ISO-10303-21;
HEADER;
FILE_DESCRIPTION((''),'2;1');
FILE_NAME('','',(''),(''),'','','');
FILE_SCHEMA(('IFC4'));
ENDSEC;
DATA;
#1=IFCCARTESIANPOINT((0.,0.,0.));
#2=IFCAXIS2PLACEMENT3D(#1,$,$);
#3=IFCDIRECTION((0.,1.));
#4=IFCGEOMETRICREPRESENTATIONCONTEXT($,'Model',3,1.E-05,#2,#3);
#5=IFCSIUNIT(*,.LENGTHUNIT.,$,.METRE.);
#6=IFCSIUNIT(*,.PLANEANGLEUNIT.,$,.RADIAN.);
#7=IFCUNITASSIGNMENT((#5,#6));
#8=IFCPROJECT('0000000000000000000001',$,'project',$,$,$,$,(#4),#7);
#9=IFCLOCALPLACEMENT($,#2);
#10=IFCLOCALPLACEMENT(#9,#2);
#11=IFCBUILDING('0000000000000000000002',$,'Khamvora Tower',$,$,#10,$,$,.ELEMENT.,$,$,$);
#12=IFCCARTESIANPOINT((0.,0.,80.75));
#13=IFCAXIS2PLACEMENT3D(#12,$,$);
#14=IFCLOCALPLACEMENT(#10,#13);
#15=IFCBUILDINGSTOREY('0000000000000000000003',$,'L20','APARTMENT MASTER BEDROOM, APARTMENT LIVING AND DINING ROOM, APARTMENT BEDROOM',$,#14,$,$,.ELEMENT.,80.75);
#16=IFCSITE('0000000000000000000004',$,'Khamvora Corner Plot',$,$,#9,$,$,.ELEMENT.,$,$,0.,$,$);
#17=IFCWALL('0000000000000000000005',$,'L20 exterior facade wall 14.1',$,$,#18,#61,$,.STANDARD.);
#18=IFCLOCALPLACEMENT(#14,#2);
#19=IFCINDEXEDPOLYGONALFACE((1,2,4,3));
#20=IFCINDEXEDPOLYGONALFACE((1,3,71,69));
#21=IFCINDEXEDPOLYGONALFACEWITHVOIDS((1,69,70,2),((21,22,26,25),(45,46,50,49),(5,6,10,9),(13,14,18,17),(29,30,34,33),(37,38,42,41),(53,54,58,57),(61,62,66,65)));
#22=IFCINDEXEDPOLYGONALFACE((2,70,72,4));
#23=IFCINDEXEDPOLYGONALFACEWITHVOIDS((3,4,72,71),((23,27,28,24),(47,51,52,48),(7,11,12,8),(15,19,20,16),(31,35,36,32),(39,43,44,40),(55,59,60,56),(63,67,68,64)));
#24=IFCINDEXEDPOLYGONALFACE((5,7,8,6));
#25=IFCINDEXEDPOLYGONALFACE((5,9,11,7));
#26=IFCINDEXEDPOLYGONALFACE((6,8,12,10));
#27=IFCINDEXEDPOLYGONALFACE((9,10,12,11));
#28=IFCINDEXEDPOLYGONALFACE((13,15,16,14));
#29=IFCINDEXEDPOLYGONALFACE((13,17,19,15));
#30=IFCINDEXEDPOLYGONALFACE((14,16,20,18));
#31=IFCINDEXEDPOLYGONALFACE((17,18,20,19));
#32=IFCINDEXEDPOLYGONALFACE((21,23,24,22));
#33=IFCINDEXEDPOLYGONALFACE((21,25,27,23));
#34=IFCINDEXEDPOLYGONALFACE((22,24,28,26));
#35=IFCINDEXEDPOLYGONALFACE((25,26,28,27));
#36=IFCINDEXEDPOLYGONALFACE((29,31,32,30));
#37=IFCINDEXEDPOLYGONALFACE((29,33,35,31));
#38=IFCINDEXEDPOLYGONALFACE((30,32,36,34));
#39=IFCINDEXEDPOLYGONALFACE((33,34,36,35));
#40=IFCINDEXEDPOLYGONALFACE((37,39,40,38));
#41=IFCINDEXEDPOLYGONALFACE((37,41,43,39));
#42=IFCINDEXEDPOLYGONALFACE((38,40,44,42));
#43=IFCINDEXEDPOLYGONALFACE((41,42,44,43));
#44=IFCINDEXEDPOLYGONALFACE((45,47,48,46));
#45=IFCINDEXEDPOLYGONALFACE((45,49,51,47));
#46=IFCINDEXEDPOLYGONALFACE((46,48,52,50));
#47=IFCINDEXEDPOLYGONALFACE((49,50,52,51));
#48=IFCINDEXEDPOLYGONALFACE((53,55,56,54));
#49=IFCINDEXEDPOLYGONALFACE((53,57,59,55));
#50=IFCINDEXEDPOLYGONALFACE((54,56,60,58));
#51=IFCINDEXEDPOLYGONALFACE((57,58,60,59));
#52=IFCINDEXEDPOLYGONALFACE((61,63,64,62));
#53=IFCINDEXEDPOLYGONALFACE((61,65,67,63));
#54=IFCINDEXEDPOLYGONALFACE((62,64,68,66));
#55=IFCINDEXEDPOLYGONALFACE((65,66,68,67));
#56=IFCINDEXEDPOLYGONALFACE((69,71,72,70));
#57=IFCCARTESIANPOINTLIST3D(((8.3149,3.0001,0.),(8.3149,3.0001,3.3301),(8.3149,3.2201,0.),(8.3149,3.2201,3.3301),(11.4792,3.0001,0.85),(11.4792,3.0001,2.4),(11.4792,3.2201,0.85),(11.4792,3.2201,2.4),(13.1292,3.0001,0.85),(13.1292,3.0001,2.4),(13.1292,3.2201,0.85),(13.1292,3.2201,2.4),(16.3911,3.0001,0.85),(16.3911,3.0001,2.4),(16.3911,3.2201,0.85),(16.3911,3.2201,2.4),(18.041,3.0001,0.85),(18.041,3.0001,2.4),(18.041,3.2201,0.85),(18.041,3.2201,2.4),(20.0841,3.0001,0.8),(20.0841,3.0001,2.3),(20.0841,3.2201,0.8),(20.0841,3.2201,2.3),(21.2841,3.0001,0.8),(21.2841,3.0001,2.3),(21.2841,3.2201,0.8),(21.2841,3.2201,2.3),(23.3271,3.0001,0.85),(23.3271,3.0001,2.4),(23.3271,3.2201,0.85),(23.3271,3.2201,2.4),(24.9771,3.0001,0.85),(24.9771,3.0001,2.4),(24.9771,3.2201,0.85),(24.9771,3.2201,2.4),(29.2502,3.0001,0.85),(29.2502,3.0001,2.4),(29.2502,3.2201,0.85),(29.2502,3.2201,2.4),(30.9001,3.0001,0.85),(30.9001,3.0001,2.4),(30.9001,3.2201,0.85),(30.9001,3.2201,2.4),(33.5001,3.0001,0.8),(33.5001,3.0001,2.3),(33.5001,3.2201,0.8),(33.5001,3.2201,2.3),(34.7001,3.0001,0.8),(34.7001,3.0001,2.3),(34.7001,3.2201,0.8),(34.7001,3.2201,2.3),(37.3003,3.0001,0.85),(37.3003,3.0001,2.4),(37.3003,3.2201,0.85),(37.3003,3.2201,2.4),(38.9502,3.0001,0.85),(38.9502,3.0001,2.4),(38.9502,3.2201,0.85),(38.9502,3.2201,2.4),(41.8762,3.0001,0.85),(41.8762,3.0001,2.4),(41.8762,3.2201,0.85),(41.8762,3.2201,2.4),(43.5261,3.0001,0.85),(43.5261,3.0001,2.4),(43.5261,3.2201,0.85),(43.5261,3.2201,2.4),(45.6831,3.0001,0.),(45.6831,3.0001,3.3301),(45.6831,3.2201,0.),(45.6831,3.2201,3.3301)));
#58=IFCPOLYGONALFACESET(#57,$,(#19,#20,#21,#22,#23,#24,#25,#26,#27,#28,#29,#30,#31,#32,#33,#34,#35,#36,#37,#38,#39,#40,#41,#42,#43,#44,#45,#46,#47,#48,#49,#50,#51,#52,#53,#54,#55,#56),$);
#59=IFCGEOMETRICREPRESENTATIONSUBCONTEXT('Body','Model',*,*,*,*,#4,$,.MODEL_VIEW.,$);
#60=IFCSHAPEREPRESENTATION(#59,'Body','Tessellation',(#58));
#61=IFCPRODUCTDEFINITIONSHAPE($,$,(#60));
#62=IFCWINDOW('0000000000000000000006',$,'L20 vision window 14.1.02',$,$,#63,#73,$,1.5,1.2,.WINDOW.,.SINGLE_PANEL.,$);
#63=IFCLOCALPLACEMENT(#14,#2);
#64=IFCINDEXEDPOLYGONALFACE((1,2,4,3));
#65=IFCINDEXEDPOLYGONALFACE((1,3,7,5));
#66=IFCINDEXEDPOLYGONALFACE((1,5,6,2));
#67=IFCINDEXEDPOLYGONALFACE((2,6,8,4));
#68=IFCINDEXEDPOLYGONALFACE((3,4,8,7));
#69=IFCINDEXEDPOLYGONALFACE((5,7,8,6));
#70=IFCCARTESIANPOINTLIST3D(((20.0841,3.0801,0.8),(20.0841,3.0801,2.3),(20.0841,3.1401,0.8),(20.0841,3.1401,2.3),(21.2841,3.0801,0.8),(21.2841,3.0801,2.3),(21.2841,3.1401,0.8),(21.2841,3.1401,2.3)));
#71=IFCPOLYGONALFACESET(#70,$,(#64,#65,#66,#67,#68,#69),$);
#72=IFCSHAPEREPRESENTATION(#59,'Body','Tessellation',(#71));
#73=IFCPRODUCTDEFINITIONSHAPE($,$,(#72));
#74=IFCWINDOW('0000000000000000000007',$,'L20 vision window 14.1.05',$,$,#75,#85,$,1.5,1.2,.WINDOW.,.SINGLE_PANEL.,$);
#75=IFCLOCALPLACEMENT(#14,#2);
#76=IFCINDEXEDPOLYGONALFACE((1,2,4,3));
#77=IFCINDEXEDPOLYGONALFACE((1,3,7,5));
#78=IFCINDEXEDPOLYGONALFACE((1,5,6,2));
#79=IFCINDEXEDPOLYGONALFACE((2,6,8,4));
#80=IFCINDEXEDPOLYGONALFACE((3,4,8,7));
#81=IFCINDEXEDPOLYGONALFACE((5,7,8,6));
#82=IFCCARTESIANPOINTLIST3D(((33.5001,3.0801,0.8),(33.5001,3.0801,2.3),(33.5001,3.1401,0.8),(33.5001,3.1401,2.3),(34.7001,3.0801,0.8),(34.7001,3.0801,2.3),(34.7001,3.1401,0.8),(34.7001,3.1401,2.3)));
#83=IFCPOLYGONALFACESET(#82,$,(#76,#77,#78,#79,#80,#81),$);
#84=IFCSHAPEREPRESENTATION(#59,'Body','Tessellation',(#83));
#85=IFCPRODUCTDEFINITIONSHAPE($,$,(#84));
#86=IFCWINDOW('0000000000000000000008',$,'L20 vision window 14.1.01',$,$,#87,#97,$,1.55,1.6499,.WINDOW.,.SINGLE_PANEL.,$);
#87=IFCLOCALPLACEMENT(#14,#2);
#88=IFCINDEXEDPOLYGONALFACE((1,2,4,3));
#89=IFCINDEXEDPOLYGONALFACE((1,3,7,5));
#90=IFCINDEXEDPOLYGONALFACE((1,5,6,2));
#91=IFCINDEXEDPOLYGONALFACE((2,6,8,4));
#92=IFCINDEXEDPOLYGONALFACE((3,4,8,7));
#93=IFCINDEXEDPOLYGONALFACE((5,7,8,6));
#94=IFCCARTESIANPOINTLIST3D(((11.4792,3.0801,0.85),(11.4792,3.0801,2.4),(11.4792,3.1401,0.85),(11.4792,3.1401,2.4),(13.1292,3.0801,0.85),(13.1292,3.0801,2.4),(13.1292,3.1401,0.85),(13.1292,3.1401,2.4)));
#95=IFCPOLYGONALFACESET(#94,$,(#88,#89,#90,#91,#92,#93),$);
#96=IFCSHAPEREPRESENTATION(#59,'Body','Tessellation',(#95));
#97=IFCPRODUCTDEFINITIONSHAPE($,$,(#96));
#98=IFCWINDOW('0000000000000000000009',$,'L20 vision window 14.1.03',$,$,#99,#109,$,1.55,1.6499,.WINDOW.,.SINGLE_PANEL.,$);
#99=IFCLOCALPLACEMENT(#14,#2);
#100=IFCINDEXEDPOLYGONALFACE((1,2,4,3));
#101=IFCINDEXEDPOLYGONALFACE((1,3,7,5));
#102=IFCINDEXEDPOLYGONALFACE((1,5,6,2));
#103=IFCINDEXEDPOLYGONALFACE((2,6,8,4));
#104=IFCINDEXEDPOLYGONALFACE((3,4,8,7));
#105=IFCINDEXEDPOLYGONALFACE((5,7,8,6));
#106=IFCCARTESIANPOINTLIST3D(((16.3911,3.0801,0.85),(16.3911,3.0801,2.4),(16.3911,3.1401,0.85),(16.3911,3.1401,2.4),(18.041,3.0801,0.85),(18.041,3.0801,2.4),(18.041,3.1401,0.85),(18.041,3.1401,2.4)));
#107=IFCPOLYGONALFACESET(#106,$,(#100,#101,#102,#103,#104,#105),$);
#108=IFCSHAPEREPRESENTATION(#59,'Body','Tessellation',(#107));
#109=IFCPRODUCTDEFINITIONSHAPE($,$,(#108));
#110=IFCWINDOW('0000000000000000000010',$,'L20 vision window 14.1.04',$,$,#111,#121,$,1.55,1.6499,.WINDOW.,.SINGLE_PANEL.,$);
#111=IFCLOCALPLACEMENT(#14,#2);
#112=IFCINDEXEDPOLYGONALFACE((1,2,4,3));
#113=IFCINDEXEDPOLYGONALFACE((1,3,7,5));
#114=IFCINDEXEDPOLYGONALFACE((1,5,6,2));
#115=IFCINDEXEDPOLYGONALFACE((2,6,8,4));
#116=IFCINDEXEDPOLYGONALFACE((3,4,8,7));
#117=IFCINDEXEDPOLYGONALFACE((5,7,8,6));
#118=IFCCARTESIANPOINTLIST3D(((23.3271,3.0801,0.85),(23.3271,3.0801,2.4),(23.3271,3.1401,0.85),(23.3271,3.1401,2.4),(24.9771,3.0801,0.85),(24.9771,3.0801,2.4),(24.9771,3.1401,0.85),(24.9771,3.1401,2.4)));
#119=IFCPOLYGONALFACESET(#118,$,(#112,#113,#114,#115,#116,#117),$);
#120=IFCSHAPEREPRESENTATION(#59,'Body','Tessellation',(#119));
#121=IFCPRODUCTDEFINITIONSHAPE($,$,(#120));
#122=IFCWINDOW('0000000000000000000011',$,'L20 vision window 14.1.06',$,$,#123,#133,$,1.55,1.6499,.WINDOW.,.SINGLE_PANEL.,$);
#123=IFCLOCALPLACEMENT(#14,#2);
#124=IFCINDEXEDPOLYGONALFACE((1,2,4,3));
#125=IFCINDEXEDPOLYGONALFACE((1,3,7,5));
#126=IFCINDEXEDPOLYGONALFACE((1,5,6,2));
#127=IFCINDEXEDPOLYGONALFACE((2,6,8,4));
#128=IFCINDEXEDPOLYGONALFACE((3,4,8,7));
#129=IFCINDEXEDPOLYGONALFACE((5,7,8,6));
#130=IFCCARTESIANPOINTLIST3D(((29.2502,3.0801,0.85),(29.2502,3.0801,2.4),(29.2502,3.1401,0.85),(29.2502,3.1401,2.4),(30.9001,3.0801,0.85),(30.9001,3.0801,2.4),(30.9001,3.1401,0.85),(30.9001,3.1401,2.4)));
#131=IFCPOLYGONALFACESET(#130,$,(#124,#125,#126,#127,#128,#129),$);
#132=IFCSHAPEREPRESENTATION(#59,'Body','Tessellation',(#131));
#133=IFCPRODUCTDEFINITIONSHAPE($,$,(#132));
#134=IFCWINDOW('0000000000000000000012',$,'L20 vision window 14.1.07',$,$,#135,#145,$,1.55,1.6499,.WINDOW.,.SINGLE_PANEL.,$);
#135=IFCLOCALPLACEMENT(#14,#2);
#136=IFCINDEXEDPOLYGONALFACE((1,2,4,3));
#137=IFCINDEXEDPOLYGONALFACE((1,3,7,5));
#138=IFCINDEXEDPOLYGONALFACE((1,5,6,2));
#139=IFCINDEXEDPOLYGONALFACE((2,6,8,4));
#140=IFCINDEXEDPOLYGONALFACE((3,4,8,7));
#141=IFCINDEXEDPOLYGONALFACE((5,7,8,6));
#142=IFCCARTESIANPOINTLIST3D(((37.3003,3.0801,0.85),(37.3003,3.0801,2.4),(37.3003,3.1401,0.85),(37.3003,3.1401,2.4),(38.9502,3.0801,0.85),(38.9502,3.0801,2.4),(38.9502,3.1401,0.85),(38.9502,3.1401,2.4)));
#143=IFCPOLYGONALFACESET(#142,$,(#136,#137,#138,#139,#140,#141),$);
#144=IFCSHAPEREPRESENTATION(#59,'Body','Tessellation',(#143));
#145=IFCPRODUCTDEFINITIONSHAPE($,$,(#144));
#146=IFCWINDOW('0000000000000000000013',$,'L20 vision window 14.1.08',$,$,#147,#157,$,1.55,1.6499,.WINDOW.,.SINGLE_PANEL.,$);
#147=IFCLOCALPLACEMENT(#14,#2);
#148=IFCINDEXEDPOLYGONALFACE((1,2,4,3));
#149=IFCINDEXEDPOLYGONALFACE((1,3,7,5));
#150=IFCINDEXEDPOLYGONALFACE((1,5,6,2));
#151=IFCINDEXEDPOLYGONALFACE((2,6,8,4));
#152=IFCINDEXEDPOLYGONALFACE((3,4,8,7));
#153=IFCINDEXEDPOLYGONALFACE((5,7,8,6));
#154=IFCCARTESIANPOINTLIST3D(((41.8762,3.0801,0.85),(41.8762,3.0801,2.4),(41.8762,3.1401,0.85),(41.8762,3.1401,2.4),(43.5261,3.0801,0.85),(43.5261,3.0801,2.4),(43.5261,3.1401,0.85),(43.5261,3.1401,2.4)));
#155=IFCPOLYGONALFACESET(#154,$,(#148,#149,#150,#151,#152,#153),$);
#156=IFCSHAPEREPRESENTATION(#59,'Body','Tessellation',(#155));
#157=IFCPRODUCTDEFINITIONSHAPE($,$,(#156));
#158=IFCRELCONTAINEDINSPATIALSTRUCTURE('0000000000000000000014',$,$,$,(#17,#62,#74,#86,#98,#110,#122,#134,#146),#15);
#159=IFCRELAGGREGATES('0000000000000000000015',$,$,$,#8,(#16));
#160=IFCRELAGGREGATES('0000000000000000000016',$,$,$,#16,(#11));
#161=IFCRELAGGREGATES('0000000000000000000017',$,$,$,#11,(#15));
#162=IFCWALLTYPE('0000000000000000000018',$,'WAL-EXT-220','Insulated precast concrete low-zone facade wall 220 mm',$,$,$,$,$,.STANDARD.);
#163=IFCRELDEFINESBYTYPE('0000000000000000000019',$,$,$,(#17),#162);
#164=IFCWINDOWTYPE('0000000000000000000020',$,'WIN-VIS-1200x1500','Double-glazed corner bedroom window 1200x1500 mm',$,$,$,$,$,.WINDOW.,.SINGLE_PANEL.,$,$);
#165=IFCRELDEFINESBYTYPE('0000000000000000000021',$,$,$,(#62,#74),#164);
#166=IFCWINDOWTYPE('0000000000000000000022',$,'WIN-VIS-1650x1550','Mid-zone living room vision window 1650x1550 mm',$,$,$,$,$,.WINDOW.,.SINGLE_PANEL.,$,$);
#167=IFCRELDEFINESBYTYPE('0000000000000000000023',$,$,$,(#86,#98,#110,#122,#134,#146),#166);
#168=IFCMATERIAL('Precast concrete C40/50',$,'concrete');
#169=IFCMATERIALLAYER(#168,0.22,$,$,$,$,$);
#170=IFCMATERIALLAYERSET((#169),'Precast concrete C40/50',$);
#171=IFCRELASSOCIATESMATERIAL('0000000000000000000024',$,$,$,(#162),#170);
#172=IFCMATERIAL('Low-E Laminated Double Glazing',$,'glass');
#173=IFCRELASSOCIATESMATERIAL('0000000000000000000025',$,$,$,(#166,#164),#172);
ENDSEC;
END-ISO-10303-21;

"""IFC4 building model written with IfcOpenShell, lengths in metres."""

from ifc_helpers import new_model, si_unit, direction, frame, frame_2d, origin, place, context, subcontext, project, spatial, rectangle, extrude, material, layer, layer_set, type_object, element, fill, save


model = new_model("IFC4")

# Units and contexts
model_context = context("Model", 3, precision=1e-05, world=origin(), true_north=direction((0.0, 1.0)))
body_context = subcontext(model_context, "Body", "Model", "MODEL_VIEW")
ifc_project = project(units=[si_unit("LENGTHUNIT", "METRE"), si_unit("PLANEANGLEUNIT", "RADIAN")], contexts=[model_context])

# Site, building, storey
site_placement = place(None, origin())
site = spatial("IfcSite", under=ifc_project, at=site_placement, Name="Khamvora Corner Plot", CompositionType="ELEMENT", RefElevation=0.0)
building_placement = place(site_placement, origin())
building = spatial("IfcBuilding", under=site, at=building_placement, Name="Khamvora Tower", CompositionType="ELEMENT")
storey_placement = place(building_placement, frame((0.0, 0.0, 80.75)))
storey = spatial("IfcBuildingStorey", under=building, at=storey_placement, Name="L20", Description="APARTMENT MASTER BEDROOM, APARTMENT LIVING AND DINING ROOM, APARTMENT BEDROOM", CompositionType="ELEMENT", Elevation=80.75)

# Shared definitions
ifc_material_1 = material(Name="Precast concrete C40/50", Category="concrete")
ifc_layer_1 = layer(ifc_material_1, 0.22)
ifc_layer_set_1 = layer_set([ifc_layer_1], Name="Precast concrete C40/50")
wall_type_1 = type_object("IfcWallType", Name="WAL-EXT-220", Description="Insulated precast concrete low-zone facade wall 220 mm", PredefinedType="STANDARD", material=ifc_layer_set_1)
ifc_material_2 = material(Name="Low-E Laminated Double Glazing", Category="glass")
window_type_1 = type_object("IfcWindowType", Name="WIN-VIS-1650x1550", Description="Mid-zone living room vision window 1650x1550 mm", PartitioningType="SINGLE_PANEL", PredefinedType="WINDOW", material=ifc_material_2)

# Wall, openings, windows
wall_1_placement = place(storey_placement, frame((45.6831, 3.1101, 0.0), z_axis=(0.0, 0.0, 1.0), x_axis=(-1.0, 0.0, 0.0)))
wall_1 = element("IfcWall", 1, at=wall_1_placement, inside=storey, type_object=wall_type_1, Name="L20 exterior facade wall 14.1", PredefinedType="STANDARD", context=body_context, shape_type="SweptSolid", body=[
    extrude(rectangle(XDim=37.3682, YDim=0.22, at=frame_2d((18.6841, 0.0))), origin(), (0.0, 0.0, 1.0), 3.3301),
])
opening_1_placement = place(wall_1_placement, frame((32.554, 0.0, 0.8501)))
opening_1 = element("IfcOpeningElement", 2, at=opening_1_placement, cuts=wall_1, PredefinedType="OPENING", context=body_context, shape_type="SweptSolid", body=[
    extrude(rectangle(XDim=1.6499, YDim=1.55, at=frame_2d((0.825, 0.7749))), frame((0.0, 0.1199, 0.0), z_axis=(0.0, -1.0, 0.0), x_axis=(1.0, 0.0, 0.0)), (0.0, 0.0, 1.0), 0.24),
])
opening_2_placement = place(wall_1_placement, frame((24.3989, 0.0, 0.8)))
opening_2 = element("IfcOpeningElement", 3, at=opening_2_placement, cuts=wall_1, PredefinedType="OPENING", context=body_context, shape_type="SweptSolid", body=[
    extrude(rectangle(XDim=1.2, YDim=1.5, at=frame_2d((0.6001, 0.75))), frame((0.0, 0.1199, 0.0), z_axis=(0.0, -1.0, 0.0), x_axis=(1.0, 0.0, 0.0)), (0.0, 0.0, 1.0), 0.24),
])
opening_3_placement = place(wall_1_placement, frame((27.6421, 0.0, 0.8501)))
opening_3 = element("IfcOpeningElement", 4, at=opening_3_placement, cuts=wall_1, PredefinedType="OPENING", context=body_context, shape_type="SweptSolid", body=[
    extrude(rectangle(XDim=1.6499, YDim=1.55, at=frame_2d((0.825, 0.7749))), frame((0.0, 0.1199, 0.0), z_axis=(0.0, -1.0, 0.0), x_axis=(1.0, 0.0, 0.0)), (0.0, 0.0, 1.0), 0.24),
])
opening_4_placement = place(wall_1_placement, frame((20.7061, 0.0, 0.8501)))
opening_4 = element("IfcOpeningElement", 5, at=opening_4_placement, cuts=wall_1, PredefinedType="OPENING", context=body_context, shape_type="SweptSolid", body=[
    extrude(rectangle(XDim=1.6499, YDim=1.55, at=frame_2d((0.825, 0.7749))), frame((0.0, 0.1199, 0.0), z_axis=(0.0, -1.0, 0.0), x_axis=(1.0, 0.0, 0.0)), (0.0, 0.0, 1.0), 0.24),
])
opening_5_placement = place(wall_1_placement, frame((10.9829, 0.0, 0.8)))
opening_5 = element("IfcOpeningElement", 6, at=opening_5_placement, cuts=wall_1, PredefinedType="OPENING", context=body_context, shape_type="SweptSolid", body=[
    extrude(rectangle(XDim=1.2, YDim=1.5, at=frame_2d((0.6001, 0.75))), frame((0.0, 0.1199, 0.0), z_axis=(0.0, -1.0, 0.0), x_axis=(1.0, 0.0, 0.0)), (0.0, 0.0, 1.0), 0.24),
])
opening_6_placement = place(wall_1_placement, frame((14.783, 0.0, 0.8501)))
opening_6 = element("IfcOpeningElement", 7, at=opening_6_placement, cuts=wall_1, PredefinedType="OPENING", context=body_context, shape_type="SweptSolid", body=[
    extrude(rectangle(XDim=1.6499, YDim=1.55, at=frame_2d((0.825, 0.7749))), frame((0.0, 0.1199, 0.0), z_axis=(0.0, -1.0, 0.0), x_axis=(1.0, 0.0, 0.0)), (0.0, 0.0, 1.0), 0.24),
])
opening_7_placement = place(wall_1_placement, frame((6.7329, 0.0, 0.8501)))
opening_7 = element("IfcOpeningElement", 8, at=opening_7_placement, cuts=wall_1, PredefinedType="OPENING", context=body_context, shape_type="SweptSolid", body=[
    extrude(rectangle(XDim=1.6499, YDim=1.55, at=frame_2d((0.825, 0.7749))), frame((0.0, 0.1199, 0.0), z_axis=(0.0, -1.0, 0.0), x_axis=(1.0, 0.0, 0.0)), (0.0, 0.0, 1.0), 0.24),
])
opening_8_placement = place(wall_1_placement, frame((2.157, 0.0, 0.8501)))
opening_8 = element("IfcOpeningElement", 9, at=opening_8_placement, cuts=wall_1, PredefinedType="OPENING", context=body_context, shape_type="SweptSolid", body=[
    extrude(rectangle(XDim=1.6499, YDim=1.55, at=frame_2d((0.825, 0.7749))), frame((0.0, 0.1199, 0.0), z_axis=(0.0, -1.0, 0.0), x_axis=(1.0, 0.0, 0.0)), (0.0, 0.0, 1.0), 0.24),
])
window_type_2 = type_object("IfcWindowType", Name="WIN-VIS-1200x1500", Description="Double-glazed corner bedroom window 1200x1500 mm", PartitioningType="SINGLE_PANEL", PredefinedType="WINDOW", material=ifc_material_2)
window_1_placement = place(opening_2_placement, origin())
window_1 = element("IfcWindow", 10, at=window_1_placement, inside=storey, type_object=window_type_2, Name="L20 vision window 14.1.02", OverallHeight=1.5, OverallWidth=1.2, PartitioningType="SINGLE_PANEL", PredefinedType="WINDOW", context=body_context, shape_type="SweptSolid", body=[
    extrude(rectangle(XDim=1.2, YDim=1.5, at=frame_2d((0.6001, 0.75))), frame((0.0, 0.03, 0.0), z_axis=(0.0, -1.0, 0.0), x_axis=(1.0, 0.0, 0.0)), (0.0, 0.0, 1.0), 0.0601),
])
fill(opening_2, window_1)
window_2_placement = place(opening_5_placement, origin())
window_2 = element("IfcWindow", 11, at=window_2_placement, inside=storey, type_object=window_type_2, Name="L20 vision window 14.1.05", OverallHeight=1.5, OverallWidth=1.2, PartitioningType="SINGLE_PANEL", PredefinedType="WINDOW", context=body_context, shape_type="SweptSolid", body=[
    extrude(rectangle(XDim=1.2, YDim=1.5, at=frame_2d((0.6001, 0.75))), frame((0.0, 0.03, 0.0), z_axis=(0.0, -1.0, 0.0), x_axis=(1.0, 0.0, 0.0)), (0.0, 0.0, 1.0), 0.0601),
])
fill(opening_5, window_2)
window_3_placement = place(opening_1_placement, origin())
window_3 = element("IfcWindow", 12, at=window_3_placement, inside=storey, type_object=window_type_1, Name="L20 vision window 14.1.01", OverallHeight=1.55, OverallWidth=1.6499, PartitioningType="SINGLE_PANEL", PredefinedType="WINDOW", context=body_context, shape_type="SweptSolid", body=[
    extrude(rectangle(XDim=1.6499, YDim=1.55, at=frame_2d((0.825, 0.7749))), frame((0.0, 0.03, 0.0), z_axis=(0.0, -1.0, 0.0), x_axis=(1.0, 0.0, 0.0)), (0.0, 0.0, 1.0), 0.0601),
])
fill(opening_1, window_3)
window_4_placement = place(opening_3_placement, origin())
window_4 = element("IfcWindow", 13, at=window_4_placement, inside=storey, type_object=window_type_1, Name="L20 vision window 14.1.03", OverallHeight=1.55, OverallWidth=1.6499, PartitioningType="SINGLE_PANEL", PredefinedType="WINDOW", context=body_context, shape_type="SweptSolid", body=[
    extrude(rectangle(XDim=1.6499, YDim=1.55, at=frame_2d((0.825, 0.7749))), frame((0.0, 0.03, 0.0), z_axis=(0.0, -1.0, 0.0), x_axis=(1.0, 0.0, 0.0)), (0.0, 0.0, 1.0), 0.0601),
])
fill(opening_3, window_4)
window_5_placement = place(opening_4_placement, origin())
window_5 = element("IfcWindow", 14, at=window_5_placement, inside=storey, type_object=window_type_1, Name="L20 vision window 14.1.04", OverallHeight=1.55, OverallWidth=1.6499, PartitioningType="SINGLE_PANEL", PredefinedType="WINDOW", context=body_context, shape_type="SweptSolid", body=[
    extrude(rectangle(XDim=1.6499, YDim=1.55, at=frame_2d((0.825, 0.7749))), frame((0.0, 0.03, 0.0), z_axis=(0.0, -1.0, 0.0), x_axis=(1.0, 0.0, 0.0)), (0.0, 0.0, 1.0), 0.0601),
])
fill(opening_4, window_5)
window_6_placement = place(opening_6_placement, origin())
window_6 = element("IfcWindow", 15, at=window_6_placement, inside=storey, type_object=window_type_1, Name="L20 vision window 14.1.06", OverallHeight=1.55, OverallWidth=1.6499, PartitioningType="SINGLE_PANEL", PredefinedType="WINDOW", context=body_context, shape_type="SweptSolid", body=[
    extrude(rectangle(XDim=1.6499, YDim=1.55, at=frame_2d((0.825, 0.7749))), frame((0.0, 0.03, 0.0), z_axis=(0.0, -1.0, 0.0), x_axis=(1.0, 0.0, 0.0)), (0.0, 0.0, 1.0), 0.0601),
])
fill(opening_6, window_6)
window_7_placement = place(opening_7_placement, origin())
window_7 = element("IfcWindow", 16, at=window_7_placement, inside=storey, type_object=window_type_1, Name="L20 vision window 14.1.07", OverallHeight=1.55, OverallWidth=1.6499, PartitioningType="SINGLE_PANEL", PredefinedType="WINDOW", context=body_context, shape_type="SweptSolid", body=[
    extrude(rectangle(XDim=1.6499, YDim=1.55, at=frame_2d((0.825, 0.7749))), frame((0.0, 0.03, 0.0), z_axis=(0.0, -1.0, 0.0), x_axis=(1.0, 0.0, 0.0)), (0.0, 0.0, 1.0), 0.0601),
])
fill(opening_7, window_7)
window_8_placement = place(opening_8_placement, origin())
window_8 = element("IfcWindow", 17, at=window_8_placement, inside=storey, type_object=window_type_1, Name="L20 vision window 14.1.08", OverallHeight=1.55, OverallWidth=1.6499, PartitioningType="SINGLE_PANEL", PredefinedType="WINDOW", context=body_context, shape_type="SweptSolid", body=[
    extrude(rectangle(XDim=1.6499, YDim=1.55, at=frame_2d((0.825, 0.7749))), frame((0.0, 0.03, 0.0), z_axis=(0.0, -1.0, 0.0), x_axis=(1.0, 0.0, 0.0)), (0.0, 0.0, 1.0), 0.0601),
])
fill(opening_8, window_8)

save(model, "model.ifc")
